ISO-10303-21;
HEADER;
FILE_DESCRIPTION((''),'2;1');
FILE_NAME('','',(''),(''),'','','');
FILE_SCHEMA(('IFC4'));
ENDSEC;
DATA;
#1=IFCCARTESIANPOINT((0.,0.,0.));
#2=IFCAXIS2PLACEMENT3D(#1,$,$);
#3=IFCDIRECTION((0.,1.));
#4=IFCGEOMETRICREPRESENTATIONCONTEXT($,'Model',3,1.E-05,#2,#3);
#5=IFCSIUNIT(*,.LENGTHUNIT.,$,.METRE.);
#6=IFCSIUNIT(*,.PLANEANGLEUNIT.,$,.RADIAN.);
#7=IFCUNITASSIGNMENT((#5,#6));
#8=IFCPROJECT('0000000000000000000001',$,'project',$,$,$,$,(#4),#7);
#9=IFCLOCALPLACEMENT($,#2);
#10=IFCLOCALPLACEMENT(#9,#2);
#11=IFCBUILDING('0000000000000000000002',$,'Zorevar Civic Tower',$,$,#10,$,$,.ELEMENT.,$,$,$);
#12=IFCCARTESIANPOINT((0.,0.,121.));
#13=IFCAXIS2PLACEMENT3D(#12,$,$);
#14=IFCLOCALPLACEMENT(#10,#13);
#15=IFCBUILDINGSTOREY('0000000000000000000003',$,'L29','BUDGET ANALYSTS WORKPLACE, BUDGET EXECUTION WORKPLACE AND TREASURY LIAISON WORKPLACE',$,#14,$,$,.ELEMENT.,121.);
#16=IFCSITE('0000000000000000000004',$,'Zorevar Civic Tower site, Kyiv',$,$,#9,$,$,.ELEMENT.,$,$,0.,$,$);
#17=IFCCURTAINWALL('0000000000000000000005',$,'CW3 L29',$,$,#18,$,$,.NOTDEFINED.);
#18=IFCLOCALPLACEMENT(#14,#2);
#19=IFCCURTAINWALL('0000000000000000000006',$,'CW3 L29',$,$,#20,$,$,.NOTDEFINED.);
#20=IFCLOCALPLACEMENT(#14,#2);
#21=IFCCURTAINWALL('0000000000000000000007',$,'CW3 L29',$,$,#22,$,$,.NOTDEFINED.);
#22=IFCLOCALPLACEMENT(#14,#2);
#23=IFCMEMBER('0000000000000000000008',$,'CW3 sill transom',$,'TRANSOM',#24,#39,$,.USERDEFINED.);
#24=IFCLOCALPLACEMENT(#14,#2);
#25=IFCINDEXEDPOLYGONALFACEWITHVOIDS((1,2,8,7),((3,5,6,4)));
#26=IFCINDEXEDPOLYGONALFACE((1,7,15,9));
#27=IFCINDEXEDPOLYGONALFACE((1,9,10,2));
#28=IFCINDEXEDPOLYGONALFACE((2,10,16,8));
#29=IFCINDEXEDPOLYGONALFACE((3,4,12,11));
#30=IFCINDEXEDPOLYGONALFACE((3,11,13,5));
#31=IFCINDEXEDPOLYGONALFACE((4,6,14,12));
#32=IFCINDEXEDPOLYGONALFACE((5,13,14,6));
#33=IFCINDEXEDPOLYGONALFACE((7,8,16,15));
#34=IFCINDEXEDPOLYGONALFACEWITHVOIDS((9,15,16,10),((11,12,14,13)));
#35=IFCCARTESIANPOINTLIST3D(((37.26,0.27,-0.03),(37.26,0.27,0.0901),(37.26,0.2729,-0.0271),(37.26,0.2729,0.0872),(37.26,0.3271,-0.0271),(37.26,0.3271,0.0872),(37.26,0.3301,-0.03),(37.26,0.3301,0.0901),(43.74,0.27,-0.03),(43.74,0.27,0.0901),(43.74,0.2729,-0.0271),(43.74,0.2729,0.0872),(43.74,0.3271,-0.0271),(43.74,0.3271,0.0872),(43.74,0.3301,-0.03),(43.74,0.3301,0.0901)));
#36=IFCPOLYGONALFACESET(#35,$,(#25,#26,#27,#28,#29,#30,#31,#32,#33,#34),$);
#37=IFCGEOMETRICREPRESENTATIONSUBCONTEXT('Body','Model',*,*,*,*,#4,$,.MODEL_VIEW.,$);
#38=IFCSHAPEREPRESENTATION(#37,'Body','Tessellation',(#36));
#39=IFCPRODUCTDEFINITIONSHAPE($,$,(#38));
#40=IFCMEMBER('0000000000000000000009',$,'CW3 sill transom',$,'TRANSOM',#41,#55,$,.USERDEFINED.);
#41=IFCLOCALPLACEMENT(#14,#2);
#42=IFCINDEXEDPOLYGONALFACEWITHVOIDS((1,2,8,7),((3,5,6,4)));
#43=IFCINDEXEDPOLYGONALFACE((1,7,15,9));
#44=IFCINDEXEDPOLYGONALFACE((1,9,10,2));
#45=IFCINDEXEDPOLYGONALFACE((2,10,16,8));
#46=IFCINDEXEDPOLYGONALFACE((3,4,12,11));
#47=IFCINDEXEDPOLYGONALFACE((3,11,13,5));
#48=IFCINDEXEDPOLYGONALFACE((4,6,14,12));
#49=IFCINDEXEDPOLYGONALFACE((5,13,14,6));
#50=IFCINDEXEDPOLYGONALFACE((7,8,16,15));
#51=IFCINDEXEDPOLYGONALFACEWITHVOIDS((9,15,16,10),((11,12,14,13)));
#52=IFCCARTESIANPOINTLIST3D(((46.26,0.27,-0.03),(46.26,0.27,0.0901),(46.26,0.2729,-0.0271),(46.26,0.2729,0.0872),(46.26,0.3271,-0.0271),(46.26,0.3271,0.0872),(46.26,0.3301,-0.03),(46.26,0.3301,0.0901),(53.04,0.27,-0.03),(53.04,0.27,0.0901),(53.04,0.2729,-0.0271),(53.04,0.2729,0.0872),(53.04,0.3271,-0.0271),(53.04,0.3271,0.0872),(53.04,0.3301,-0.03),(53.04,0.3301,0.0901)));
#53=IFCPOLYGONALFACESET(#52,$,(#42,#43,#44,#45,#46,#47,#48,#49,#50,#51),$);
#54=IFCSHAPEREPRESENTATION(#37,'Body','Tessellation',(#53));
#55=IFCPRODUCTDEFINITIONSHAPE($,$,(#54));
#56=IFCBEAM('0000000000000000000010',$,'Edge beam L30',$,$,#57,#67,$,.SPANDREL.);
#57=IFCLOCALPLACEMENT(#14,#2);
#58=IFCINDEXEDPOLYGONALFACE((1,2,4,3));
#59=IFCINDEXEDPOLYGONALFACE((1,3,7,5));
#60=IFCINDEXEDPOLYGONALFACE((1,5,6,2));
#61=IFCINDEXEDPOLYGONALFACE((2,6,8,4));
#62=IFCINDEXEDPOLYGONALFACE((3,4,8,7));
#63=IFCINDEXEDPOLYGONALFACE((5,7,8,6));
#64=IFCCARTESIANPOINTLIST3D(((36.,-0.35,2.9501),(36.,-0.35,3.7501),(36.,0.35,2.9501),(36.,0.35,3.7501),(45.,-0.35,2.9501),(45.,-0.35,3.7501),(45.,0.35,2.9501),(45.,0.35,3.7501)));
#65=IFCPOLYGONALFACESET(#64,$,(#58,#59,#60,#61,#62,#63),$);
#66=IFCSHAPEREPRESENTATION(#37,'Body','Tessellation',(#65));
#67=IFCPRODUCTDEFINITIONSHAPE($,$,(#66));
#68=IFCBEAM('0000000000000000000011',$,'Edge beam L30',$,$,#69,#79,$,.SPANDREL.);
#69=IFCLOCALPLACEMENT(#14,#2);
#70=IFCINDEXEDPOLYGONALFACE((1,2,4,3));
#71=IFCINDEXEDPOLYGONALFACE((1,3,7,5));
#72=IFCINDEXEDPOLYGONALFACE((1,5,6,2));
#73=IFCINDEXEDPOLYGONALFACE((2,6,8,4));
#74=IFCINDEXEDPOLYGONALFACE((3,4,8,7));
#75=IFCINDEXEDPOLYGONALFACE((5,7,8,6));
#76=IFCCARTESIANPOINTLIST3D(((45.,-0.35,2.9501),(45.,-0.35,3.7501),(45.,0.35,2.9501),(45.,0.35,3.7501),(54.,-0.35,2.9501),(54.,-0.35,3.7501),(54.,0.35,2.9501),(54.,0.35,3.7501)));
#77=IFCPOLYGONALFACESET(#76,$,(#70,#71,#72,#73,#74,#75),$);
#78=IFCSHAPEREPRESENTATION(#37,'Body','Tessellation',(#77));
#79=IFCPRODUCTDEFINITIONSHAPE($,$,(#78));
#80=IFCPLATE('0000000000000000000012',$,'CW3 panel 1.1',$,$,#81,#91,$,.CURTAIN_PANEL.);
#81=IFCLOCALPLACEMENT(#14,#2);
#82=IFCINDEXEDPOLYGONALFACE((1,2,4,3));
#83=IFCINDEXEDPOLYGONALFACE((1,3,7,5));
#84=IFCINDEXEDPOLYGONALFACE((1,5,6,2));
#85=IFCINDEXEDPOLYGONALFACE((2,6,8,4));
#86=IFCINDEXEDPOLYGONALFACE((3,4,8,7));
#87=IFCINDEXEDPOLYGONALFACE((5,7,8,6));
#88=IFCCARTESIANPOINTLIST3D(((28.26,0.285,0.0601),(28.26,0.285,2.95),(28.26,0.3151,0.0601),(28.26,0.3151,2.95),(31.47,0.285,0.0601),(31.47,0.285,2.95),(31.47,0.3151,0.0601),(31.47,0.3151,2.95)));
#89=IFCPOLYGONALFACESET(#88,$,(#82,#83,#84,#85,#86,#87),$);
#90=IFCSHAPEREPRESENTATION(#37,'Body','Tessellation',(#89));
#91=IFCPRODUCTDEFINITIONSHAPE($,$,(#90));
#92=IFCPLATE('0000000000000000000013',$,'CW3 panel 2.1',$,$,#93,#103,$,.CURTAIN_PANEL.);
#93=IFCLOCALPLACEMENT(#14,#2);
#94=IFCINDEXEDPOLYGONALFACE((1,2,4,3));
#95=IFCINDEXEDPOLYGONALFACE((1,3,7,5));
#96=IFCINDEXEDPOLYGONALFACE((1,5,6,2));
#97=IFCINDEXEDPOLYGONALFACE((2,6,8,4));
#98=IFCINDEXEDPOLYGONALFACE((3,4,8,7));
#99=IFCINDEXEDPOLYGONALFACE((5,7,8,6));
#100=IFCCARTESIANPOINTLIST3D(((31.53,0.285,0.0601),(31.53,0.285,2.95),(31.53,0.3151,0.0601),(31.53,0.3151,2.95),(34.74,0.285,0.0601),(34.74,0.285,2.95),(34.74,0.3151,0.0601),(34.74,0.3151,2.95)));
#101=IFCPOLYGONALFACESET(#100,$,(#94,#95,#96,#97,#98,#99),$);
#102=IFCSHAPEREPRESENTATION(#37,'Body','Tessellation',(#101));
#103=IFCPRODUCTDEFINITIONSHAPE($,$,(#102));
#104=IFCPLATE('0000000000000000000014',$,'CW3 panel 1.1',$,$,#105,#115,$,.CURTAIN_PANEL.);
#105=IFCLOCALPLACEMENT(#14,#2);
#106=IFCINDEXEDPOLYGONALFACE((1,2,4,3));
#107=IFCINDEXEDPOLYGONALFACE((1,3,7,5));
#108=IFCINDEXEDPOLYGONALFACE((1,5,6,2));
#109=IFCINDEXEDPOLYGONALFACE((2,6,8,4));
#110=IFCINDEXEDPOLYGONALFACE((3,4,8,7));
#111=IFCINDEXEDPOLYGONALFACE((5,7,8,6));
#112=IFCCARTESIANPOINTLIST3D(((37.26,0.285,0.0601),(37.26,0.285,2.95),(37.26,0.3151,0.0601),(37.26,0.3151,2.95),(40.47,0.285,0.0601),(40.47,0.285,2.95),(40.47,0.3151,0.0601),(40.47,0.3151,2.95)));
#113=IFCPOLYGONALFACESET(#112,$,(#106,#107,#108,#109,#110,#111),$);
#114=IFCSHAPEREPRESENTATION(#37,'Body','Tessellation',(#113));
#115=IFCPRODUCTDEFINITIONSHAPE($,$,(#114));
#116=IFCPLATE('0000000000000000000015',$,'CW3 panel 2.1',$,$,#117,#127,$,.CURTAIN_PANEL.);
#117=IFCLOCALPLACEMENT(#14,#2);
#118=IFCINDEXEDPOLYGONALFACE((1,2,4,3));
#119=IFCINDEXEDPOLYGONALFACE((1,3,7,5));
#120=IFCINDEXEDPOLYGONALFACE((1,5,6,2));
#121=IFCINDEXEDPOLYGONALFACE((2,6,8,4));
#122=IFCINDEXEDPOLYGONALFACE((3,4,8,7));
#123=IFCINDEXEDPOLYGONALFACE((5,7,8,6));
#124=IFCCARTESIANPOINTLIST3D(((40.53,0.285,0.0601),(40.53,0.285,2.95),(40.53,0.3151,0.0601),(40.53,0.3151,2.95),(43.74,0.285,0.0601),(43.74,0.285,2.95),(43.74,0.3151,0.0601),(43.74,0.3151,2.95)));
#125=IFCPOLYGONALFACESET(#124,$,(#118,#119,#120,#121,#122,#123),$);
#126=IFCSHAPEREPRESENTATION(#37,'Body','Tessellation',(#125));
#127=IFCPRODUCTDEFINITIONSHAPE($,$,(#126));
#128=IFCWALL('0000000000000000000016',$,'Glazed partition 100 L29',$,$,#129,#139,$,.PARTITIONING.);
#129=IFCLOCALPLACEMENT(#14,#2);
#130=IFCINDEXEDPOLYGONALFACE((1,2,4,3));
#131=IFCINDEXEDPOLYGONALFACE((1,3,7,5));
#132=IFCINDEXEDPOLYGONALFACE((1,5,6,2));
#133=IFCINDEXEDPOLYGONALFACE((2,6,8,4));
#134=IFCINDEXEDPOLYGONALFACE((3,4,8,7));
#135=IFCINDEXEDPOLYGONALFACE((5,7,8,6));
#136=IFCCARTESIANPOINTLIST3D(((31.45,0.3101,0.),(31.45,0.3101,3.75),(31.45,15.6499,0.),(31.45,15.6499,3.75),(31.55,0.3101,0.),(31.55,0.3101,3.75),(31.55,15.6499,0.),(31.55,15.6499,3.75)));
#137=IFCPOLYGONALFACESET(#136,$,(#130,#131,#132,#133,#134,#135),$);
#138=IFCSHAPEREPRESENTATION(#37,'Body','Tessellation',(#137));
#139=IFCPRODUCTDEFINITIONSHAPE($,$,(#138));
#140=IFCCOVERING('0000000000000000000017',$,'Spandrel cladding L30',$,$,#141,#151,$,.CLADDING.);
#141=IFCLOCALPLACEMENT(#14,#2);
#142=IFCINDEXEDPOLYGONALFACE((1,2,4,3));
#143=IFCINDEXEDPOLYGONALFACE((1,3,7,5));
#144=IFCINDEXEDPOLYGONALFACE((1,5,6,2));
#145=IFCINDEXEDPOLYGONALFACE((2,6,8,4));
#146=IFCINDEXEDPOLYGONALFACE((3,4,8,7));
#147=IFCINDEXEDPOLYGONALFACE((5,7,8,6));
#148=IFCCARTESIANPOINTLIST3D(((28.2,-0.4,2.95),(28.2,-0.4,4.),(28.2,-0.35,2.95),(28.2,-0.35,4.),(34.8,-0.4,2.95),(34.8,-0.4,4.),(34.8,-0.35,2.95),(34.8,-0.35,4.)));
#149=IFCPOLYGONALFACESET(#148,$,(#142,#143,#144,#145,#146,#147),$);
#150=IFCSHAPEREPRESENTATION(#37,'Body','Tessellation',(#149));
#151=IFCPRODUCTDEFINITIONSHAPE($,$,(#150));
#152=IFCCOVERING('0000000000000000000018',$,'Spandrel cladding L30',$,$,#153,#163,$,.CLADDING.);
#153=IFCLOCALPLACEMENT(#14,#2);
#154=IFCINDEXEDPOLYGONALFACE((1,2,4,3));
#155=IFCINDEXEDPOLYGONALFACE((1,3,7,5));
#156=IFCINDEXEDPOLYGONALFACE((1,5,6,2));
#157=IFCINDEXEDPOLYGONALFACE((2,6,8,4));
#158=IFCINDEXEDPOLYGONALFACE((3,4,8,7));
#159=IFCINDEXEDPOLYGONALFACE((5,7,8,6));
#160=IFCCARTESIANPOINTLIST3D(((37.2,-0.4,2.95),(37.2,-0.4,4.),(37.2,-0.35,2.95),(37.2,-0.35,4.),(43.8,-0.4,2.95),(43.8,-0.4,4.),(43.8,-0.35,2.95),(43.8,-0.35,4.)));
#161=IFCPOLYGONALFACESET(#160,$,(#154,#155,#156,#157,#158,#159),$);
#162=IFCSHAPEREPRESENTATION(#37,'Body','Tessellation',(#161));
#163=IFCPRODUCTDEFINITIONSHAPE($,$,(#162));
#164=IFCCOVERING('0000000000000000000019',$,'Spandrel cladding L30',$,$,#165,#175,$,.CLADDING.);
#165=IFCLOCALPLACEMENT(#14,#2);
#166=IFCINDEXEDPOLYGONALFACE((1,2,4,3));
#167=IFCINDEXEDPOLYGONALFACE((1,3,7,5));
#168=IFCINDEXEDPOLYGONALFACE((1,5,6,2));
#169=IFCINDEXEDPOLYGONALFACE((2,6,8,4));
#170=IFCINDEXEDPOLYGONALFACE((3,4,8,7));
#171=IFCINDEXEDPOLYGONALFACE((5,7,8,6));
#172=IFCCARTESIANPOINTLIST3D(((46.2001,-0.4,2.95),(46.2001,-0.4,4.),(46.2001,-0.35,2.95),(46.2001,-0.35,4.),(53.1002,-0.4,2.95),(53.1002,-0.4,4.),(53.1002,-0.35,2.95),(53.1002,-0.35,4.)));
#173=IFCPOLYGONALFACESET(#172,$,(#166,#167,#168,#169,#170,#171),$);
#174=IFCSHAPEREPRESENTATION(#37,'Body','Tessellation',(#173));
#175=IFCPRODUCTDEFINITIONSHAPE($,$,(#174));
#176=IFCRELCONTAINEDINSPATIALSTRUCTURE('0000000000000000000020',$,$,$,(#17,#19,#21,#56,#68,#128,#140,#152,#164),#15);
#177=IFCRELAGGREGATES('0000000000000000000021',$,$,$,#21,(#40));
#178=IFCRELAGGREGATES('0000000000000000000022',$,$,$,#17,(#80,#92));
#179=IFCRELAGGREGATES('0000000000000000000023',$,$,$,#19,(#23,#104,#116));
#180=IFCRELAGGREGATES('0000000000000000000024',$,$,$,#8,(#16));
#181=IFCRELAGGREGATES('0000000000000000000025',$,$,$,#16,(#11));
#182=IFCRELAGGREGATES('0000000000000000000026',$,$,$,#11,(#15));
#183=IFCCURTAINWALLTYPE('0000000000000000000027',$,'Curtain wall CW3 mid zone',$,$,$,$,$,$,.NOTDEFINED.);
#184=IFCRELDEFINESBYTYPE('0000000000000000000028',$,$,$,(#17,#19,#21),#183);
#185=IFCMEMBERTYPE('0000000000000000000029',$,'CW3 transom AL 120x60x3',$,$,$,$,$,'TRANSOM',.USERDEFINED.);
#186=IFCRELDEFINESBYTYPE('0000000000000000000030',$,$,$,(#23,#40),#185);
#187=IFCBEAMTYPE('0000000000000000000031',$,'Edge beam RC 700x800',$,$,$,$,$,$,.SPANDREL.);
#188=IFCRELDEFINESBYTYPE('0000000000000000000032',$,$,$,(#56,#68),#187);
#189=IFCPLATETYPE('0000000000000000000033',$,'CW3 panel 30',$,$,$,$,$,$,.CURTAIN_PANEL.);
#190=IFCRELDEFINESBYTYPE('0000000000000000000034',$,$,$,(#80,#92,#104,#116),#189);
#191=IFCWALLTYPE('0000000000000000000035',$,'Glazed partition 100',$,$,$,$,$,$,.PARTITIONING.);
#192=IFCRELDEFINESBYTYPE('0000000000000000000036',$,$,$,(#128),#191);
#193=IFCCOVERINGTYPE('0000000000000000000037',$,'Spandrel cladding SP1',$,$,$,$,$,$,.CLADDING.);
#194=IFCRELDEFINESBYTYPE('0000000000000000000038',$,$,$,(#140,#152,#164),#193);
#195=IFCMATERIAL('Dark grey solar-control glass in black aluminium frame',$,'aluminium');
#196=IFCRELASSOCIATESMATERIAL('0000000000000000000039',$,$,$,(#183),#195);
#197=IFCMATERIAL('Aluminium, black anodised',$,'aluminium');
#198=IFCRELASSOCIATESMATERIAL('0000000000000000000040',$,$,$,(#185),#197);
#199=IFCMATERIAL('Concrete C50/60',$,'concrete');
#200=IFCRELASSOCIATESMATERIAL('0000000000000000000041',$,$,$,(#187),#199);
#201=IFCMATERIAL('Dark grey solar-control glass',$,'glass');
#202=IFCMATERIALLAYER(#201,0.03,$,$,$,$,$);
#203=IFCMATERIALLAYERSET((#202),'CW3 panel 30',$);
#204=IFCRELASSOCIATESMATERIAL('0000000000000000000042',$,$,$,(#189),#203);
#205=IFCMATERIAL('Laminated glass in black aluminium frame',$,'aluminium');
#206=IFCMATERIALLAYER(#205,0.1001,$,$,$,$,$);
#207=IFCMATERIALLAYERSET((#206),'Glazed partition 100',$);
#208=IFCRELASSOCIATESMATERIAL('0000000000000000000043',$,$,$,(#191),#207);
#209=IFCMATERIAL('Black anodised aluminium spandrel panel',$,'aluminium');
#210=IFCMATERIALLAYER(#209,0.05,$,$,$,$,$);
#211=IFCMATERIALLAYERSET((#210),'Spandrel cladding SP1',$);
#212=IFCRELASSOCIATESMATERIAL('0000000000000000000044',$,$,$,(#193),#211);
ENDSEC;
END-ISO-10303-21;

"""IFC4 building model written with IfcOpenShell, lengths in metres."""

from ifc_helpers import new_model, si_unit, direction, frame, frame_2d, origin, origin_2d, place, context, subcontext, project, spatial, rectangle, hollow_rectangle, extrude, material, layer, layer_set, material_profile, profile_set, type_object, element, aggregate, save


model = new_model("IFC4")

# Units and contexts
model_context = context("Model", 3, precision=1e-05, world=origin(), true_north=direction((0.0, 1.0)))
body_context = subcontext(model_context, "Body", "Model", "MODEL_VIEW")
ifc_project = project(units=[si_unit("LENGTHUNIT", "METRE"), si_unit("PLANEANGLEUNIT", "RADIAN")], contexts=[model_context])

# Site, building, storey
site_placement = place(None, origin())
site = spatial("IfcSite", under=ifc_project, at=site_placement, Name="Zorevar Civic Tower site, Kyiv", CompositionType="ELEMENT", RefElevation=0.0)
building_placement = place(site_placement, origin())
building = spatial("IfcBuilding", under=site, at=building_placement, Name="Zorevar Civic Tower", CompositionType="ELEMENT")
storey_placement = place(building_placement, frame((0.0, 0.0, 121.0)))
storey = spatial("IfcBuildingStorey", under=building, at=storey_placement, Name="L29", Description="BUDGET ANALYSTS WORKPLACE, BUDGET EXECUTION WORKPLACE AND TREASURY LIAISON WORKPLACE", CompositionType="ELEMENT", Elevation=121.0)

# Curtain walls
ifc_material_1 = material(Name="Dark grey solar-control glass in black aluminium frame", Category="aluminium")
curtain_wall_type = type_object("IfcCurtainWallType", Name="Curtain wall CW3 mid zone", PredefinedType="NOTDEFINED", material=ifc_material_1)
curtain_wall_1_placement = place(storey_placement, origin())
curtain_wall_1 = element("IfcCurtainWall", 1, at=curtain_wall_1_placement, inside=storey, type_object=curtain_wall_type, Name="CW3 L29", PredefinedType="NOTDEFINED")
curtain_wall_2_placement = place(storey_placement, origin())
curtain_wall_2 = element("IfcCurtainWall", 2, at=curtain_wall_2_placement, inside=storey, type_object=curtain_wall_type, Name="CW3 L29", PredefinedType="NOTDEFINED")

# Curtain wall
curtain_wall_3_placement = place(storey_placement, origin())
curtain_wall_3 = element("IfcCurtainWall", 3, at=curtain_wall_3_placement, inside=storey, type_object=curtain_wall_type, Name="CW3 L29", PredefinedType="NOTDEFINED")

# Members
ifc_material_2 = material(Name="Aluminium, black anodised", Category="aluminium")
ifc_material_profile_1 = material_profile(ifc_material_2, hollow_rectangle(XDim=0.0601, YDim=0.1201, WallThickness=0.0029, at=origin_2d()), Name="AL 120x60x3")
ifc_profile_set_1 = profile_set([ifc_material_profile_1], Name="Aluminium, black anodised")
member_type_1 = type_object("IfcMemberType", Name="CW3 transom AL 120x60x3", ElementType="TRANSOM", PredefinedType="USERDEFINED", material=ifc_profile_set_1)
member_1_placement = place(storey_placement, frame((37.26, 0.3, 0.03), z_axis=(1.0, 0.0, 0.0), x_axis=(0.0, 1.0, 0.0)))
member_1 = element("IfcMember", 4, at=member_1_placement, type_object=member_type_1, Name="CW3 sill transom", ObjectType="TRANSOM", PredefinedType="USERDEFINED", context=body_context, shape_type="SweptSolid", body=[
    extrude(hollow_rectangle(XDim=0.0601, YDim=0.1201, WallThickness=0.0029, at=origin_2d()), origin(), (0.0, 0.0, 1.0), 6.48),
])
member_2_placement = place(storey_placement, frame((46.26, 0.3, 0.03), z_axis=(1.0, 0.0, 0.0), x_axis=(0.0, 1.0, 0.0)))
member_2 = element("IfcMember", 5, at=member_2_placement, type_object=member_type_1, Name="CW3 sill transom", ObjectType="TRANSOM", PredefinedType="USERDEFINED", context=body_context, shape_type="SweptSolid", body=[
    extrude(hollow_rectangle(XDim=0.0601, YDim=0.1201, WallThickness=0.0029, at=origin_2d()), origin(), (0.0, 0.0, 1.0), 6.78),
])
aggregate(curtain_wall_3, [member_2])

# Beams
ifc_material_3 = material(Name="Concrete C50/60", Category="concrete")
ifc_material_profile_2 = material_profile(ifc_material_3, rectangle(XDim=0.7, YDim=0.8, at=origin_2d()), Name="RC 700x800")
ifc_profile_set_2 = profile_set([ifc_material_profile_2], Name="Concrete C50/60")
beam_type_1 = type_object("IfcBeamType", Name="Edge beam RC 700x800", PredefinedType="SPANDREL", material=ifc_profile_set_2)
for number, where, z_axis, x_axis, name in (
    (6, (36.0, 0.0, 3.3501), (1.0, 0.0, 0.0), (0.0, 1.0, 0.0), "Edge beam L30"),
    (7, (45.0, 0.0, 3.3501), (1.0, 0.0, 0.0), (0.0, 1.0, 0.0), "Edge beam L30"),
):
    element("IfcBeam", number, at=place(storey_placement, frame(where, z_axis=z_axis, x_axis=x_axis)), inside=storey, type_object=beam_type_1, Name=name, PredefinedType="SPANDREL", context=body_context, shape_type="SweptSolid", body=[
        extrude(rectangle(XDim=0.7, YDim=0.8, at=origin_2d()), origin(), (0.0, 0.0, 1.0), 9.0),
    ])

# Plates
ifc_material_4 = material(Name="Dark grey solar-control glass", Category="glass")
ifc_layer_1 = layer(ifc_material_4, 0.03)
ifc_layer_set_1 = layer_set([ifc_layer_1], Name="CW3 panel 30")
plate_type = type_object("IfcPlateType", Name="CW3 panel 30", PredefinedType="CURTAIN_PANEL", material=ifc_layer_set_1)
plate_1_placement = place(storey_placement, frame((29.865, 0.3, 0.0601), z_axis=(0.0, 0.0, 1.0), x_axis=(1.0, 0.0, 0.0)))
plate_1 = element("IfcPlate", 8, at=plate_1_placement, type_object=plate_type, Name="CW3 panel 1.1", PredefinedType="CURTAIN_PANEL", context=body_context, shape_type="SweptSolid", body=[
    extrude(rectangle(XDim=3.21, YDim=0.03, at=origin_2d()), origin(), (0.0, 0.0, 1.0), 2.8899),
])
plate_2_placement = place(storey_placement, frame((33.135, 0.3, 0.0601), z_axis=(0.0, 0.0, 1.0), x_axis=(1.0, 0.0, 0.0)))
plate_2 = element("IfcPlate", 9, at=plate_2_placement, type_object=plate_type, Name="CW3 panel 2.1", PredefinedType="CURTAIN_PANEL", context=body_context, shape_type="SweptSolid", body=[
    extrude(rectangle(XDim=3.21, YDim=0.03, at=origin_2d()), origin(), (0.0, 0.0, 1.0), 2.8899),
])
aggregate(curtain_wall_1, [plate_1, plate_2])
plate_3_placement = place(storey_placement, frame((38.865, 0.3, 0.0601), z_axis=(0.0, 0.0, 1.0), x_axis=(1.0, 0.0, 0.0)))
plate_3 = element("IfcPlate", 10, at=plate_3_placement, type_object=plate_type, Name="CW3 panel 1.1", PredefinedType="CURTAIN_PANEL", context=body_context, shape_type="SweptSolid", body=[
    extrude(rectangle(XDim=3.21, YDim=0.03, at=origin_2d()), origin(), (0.0, 0.0, 1.0), 2.8899),
])
plate_4_placement = place(storey_placement, frame((42.135, 0.3, 0.0601), z_axis=(0.0, 0.0, 1.0), x_axis=(1.0, 0.0, 0.0)))
plate_4 = element("IfcPlate", 11, at=plate_4_placement, type_object=plate_type, Name="CW3 panel 2.1", PredefinedType="CURTAIN_PANEL", context=body_context, shape_type="SweptSolid", body=[
    extrude(rectangle(XDim=3.21, YDim=0.03, at=origin_2d()), origin(), (0.0, 0.0, 1.0), 2.8899),
])
aggregate(curtain_wall_2, [member_1, plate_3, plate_4])

# Wall
ifc_material_5 = material(Name="Laminated glass in black aluminium frame", Category="aluminium")
ifc_layer_2 = layer(ifc_material_5, 0.1001)
ifc_layer_set_2 = layer_set([ifc_layer_2], Name="Glazed partition 100")
wall_type = type_object("IfcWallType", Name="Glazed partition 100", PredefinedType="PARTITIONING", material=ifc_layer_set_2)
wall_placement = place(storey_placement, frame((31.5, 0.3101, 0.0), z_axis=(0.0, 0.0, 1.0), x_axis=(0.0, 1.0, 0.0)))
element("IfcWall", 12, at=wall_placement, inside=storey, type_object=wall_type, Name="Glazed partition 100 L29", PredefinedType="PARTITIONING", context=body_context, shape_type="SweptSolid", body=[
    extrude(rectangle(XDim=15.3398, YDim=0.1001, at=frame_2d((7.6699, 0.0))), origin(), (0.0, 0.0, 1.0), 3.75),
])

# Coverings
ifc_material_6 = material(Name="Black anodised aluminium spandrel panel", Category="aluminium")
ifc_layer_3 = layer(ifc_material_6, 0.05)
ifc_layer_set_3 = layer_set([ifc_layer_3], Name="Spandrel cladding SP1")
covering_type = type_object("IfcCoveringType", Name="Spandrel cladding SP1", PredefinedType="CLADDING", material=ifc_layer_set_3)
for number, where, z_axis, x_axis, name in (
    (13, (28.2, -0.375, 2.95), (0.0, 0.0, 1.0), (1.0, 0.0, 0.0), "Spandrel cladding L30"),
    (14, (37.2, -0.375, 2.95), (0.0, 0.0, 1.0), (1.0, 0.0, 0.0), "Spandrel cladding L30"),
):
    element("IfcCovering", number, at=place(storey_placement, frame(where, z_axis=z_axis, x_axis=x_axis)), inside=storey, type_object=covering_type, Name=name, PredefinedType="CLADDING", context=body_context, shape_type="SweptSolid", body=[
        extrude(rectangle(XDim=6.6001, YDim=0.05, at=frame_2d((3.3, 0.0))), origin(), (0.0, 0.0, 1.0), 1.05),
    ])
covering_placement = place(storey_placement, frame((46.2, -0.375, 2.95), z_axis=(0.0, 0.0, 1.0), x_axis=(1.0, 0.0, 0.0)))
element("IfcCovering", 15, at=covering_placement, inside=storey, type_object=covering_type, Name="Spandrel cladding L30", PredefinedType="CLADDING", context=body_context, shape_type="SweptSolid", body=[
    extrude(rectangle(XDim=6.9001, YDim=0.05, at=frame_2d((3.4502, 0.0))), origin(), (0.0, 0.0, 1.0), 1.05),
])

save(model, "model.ifc")
